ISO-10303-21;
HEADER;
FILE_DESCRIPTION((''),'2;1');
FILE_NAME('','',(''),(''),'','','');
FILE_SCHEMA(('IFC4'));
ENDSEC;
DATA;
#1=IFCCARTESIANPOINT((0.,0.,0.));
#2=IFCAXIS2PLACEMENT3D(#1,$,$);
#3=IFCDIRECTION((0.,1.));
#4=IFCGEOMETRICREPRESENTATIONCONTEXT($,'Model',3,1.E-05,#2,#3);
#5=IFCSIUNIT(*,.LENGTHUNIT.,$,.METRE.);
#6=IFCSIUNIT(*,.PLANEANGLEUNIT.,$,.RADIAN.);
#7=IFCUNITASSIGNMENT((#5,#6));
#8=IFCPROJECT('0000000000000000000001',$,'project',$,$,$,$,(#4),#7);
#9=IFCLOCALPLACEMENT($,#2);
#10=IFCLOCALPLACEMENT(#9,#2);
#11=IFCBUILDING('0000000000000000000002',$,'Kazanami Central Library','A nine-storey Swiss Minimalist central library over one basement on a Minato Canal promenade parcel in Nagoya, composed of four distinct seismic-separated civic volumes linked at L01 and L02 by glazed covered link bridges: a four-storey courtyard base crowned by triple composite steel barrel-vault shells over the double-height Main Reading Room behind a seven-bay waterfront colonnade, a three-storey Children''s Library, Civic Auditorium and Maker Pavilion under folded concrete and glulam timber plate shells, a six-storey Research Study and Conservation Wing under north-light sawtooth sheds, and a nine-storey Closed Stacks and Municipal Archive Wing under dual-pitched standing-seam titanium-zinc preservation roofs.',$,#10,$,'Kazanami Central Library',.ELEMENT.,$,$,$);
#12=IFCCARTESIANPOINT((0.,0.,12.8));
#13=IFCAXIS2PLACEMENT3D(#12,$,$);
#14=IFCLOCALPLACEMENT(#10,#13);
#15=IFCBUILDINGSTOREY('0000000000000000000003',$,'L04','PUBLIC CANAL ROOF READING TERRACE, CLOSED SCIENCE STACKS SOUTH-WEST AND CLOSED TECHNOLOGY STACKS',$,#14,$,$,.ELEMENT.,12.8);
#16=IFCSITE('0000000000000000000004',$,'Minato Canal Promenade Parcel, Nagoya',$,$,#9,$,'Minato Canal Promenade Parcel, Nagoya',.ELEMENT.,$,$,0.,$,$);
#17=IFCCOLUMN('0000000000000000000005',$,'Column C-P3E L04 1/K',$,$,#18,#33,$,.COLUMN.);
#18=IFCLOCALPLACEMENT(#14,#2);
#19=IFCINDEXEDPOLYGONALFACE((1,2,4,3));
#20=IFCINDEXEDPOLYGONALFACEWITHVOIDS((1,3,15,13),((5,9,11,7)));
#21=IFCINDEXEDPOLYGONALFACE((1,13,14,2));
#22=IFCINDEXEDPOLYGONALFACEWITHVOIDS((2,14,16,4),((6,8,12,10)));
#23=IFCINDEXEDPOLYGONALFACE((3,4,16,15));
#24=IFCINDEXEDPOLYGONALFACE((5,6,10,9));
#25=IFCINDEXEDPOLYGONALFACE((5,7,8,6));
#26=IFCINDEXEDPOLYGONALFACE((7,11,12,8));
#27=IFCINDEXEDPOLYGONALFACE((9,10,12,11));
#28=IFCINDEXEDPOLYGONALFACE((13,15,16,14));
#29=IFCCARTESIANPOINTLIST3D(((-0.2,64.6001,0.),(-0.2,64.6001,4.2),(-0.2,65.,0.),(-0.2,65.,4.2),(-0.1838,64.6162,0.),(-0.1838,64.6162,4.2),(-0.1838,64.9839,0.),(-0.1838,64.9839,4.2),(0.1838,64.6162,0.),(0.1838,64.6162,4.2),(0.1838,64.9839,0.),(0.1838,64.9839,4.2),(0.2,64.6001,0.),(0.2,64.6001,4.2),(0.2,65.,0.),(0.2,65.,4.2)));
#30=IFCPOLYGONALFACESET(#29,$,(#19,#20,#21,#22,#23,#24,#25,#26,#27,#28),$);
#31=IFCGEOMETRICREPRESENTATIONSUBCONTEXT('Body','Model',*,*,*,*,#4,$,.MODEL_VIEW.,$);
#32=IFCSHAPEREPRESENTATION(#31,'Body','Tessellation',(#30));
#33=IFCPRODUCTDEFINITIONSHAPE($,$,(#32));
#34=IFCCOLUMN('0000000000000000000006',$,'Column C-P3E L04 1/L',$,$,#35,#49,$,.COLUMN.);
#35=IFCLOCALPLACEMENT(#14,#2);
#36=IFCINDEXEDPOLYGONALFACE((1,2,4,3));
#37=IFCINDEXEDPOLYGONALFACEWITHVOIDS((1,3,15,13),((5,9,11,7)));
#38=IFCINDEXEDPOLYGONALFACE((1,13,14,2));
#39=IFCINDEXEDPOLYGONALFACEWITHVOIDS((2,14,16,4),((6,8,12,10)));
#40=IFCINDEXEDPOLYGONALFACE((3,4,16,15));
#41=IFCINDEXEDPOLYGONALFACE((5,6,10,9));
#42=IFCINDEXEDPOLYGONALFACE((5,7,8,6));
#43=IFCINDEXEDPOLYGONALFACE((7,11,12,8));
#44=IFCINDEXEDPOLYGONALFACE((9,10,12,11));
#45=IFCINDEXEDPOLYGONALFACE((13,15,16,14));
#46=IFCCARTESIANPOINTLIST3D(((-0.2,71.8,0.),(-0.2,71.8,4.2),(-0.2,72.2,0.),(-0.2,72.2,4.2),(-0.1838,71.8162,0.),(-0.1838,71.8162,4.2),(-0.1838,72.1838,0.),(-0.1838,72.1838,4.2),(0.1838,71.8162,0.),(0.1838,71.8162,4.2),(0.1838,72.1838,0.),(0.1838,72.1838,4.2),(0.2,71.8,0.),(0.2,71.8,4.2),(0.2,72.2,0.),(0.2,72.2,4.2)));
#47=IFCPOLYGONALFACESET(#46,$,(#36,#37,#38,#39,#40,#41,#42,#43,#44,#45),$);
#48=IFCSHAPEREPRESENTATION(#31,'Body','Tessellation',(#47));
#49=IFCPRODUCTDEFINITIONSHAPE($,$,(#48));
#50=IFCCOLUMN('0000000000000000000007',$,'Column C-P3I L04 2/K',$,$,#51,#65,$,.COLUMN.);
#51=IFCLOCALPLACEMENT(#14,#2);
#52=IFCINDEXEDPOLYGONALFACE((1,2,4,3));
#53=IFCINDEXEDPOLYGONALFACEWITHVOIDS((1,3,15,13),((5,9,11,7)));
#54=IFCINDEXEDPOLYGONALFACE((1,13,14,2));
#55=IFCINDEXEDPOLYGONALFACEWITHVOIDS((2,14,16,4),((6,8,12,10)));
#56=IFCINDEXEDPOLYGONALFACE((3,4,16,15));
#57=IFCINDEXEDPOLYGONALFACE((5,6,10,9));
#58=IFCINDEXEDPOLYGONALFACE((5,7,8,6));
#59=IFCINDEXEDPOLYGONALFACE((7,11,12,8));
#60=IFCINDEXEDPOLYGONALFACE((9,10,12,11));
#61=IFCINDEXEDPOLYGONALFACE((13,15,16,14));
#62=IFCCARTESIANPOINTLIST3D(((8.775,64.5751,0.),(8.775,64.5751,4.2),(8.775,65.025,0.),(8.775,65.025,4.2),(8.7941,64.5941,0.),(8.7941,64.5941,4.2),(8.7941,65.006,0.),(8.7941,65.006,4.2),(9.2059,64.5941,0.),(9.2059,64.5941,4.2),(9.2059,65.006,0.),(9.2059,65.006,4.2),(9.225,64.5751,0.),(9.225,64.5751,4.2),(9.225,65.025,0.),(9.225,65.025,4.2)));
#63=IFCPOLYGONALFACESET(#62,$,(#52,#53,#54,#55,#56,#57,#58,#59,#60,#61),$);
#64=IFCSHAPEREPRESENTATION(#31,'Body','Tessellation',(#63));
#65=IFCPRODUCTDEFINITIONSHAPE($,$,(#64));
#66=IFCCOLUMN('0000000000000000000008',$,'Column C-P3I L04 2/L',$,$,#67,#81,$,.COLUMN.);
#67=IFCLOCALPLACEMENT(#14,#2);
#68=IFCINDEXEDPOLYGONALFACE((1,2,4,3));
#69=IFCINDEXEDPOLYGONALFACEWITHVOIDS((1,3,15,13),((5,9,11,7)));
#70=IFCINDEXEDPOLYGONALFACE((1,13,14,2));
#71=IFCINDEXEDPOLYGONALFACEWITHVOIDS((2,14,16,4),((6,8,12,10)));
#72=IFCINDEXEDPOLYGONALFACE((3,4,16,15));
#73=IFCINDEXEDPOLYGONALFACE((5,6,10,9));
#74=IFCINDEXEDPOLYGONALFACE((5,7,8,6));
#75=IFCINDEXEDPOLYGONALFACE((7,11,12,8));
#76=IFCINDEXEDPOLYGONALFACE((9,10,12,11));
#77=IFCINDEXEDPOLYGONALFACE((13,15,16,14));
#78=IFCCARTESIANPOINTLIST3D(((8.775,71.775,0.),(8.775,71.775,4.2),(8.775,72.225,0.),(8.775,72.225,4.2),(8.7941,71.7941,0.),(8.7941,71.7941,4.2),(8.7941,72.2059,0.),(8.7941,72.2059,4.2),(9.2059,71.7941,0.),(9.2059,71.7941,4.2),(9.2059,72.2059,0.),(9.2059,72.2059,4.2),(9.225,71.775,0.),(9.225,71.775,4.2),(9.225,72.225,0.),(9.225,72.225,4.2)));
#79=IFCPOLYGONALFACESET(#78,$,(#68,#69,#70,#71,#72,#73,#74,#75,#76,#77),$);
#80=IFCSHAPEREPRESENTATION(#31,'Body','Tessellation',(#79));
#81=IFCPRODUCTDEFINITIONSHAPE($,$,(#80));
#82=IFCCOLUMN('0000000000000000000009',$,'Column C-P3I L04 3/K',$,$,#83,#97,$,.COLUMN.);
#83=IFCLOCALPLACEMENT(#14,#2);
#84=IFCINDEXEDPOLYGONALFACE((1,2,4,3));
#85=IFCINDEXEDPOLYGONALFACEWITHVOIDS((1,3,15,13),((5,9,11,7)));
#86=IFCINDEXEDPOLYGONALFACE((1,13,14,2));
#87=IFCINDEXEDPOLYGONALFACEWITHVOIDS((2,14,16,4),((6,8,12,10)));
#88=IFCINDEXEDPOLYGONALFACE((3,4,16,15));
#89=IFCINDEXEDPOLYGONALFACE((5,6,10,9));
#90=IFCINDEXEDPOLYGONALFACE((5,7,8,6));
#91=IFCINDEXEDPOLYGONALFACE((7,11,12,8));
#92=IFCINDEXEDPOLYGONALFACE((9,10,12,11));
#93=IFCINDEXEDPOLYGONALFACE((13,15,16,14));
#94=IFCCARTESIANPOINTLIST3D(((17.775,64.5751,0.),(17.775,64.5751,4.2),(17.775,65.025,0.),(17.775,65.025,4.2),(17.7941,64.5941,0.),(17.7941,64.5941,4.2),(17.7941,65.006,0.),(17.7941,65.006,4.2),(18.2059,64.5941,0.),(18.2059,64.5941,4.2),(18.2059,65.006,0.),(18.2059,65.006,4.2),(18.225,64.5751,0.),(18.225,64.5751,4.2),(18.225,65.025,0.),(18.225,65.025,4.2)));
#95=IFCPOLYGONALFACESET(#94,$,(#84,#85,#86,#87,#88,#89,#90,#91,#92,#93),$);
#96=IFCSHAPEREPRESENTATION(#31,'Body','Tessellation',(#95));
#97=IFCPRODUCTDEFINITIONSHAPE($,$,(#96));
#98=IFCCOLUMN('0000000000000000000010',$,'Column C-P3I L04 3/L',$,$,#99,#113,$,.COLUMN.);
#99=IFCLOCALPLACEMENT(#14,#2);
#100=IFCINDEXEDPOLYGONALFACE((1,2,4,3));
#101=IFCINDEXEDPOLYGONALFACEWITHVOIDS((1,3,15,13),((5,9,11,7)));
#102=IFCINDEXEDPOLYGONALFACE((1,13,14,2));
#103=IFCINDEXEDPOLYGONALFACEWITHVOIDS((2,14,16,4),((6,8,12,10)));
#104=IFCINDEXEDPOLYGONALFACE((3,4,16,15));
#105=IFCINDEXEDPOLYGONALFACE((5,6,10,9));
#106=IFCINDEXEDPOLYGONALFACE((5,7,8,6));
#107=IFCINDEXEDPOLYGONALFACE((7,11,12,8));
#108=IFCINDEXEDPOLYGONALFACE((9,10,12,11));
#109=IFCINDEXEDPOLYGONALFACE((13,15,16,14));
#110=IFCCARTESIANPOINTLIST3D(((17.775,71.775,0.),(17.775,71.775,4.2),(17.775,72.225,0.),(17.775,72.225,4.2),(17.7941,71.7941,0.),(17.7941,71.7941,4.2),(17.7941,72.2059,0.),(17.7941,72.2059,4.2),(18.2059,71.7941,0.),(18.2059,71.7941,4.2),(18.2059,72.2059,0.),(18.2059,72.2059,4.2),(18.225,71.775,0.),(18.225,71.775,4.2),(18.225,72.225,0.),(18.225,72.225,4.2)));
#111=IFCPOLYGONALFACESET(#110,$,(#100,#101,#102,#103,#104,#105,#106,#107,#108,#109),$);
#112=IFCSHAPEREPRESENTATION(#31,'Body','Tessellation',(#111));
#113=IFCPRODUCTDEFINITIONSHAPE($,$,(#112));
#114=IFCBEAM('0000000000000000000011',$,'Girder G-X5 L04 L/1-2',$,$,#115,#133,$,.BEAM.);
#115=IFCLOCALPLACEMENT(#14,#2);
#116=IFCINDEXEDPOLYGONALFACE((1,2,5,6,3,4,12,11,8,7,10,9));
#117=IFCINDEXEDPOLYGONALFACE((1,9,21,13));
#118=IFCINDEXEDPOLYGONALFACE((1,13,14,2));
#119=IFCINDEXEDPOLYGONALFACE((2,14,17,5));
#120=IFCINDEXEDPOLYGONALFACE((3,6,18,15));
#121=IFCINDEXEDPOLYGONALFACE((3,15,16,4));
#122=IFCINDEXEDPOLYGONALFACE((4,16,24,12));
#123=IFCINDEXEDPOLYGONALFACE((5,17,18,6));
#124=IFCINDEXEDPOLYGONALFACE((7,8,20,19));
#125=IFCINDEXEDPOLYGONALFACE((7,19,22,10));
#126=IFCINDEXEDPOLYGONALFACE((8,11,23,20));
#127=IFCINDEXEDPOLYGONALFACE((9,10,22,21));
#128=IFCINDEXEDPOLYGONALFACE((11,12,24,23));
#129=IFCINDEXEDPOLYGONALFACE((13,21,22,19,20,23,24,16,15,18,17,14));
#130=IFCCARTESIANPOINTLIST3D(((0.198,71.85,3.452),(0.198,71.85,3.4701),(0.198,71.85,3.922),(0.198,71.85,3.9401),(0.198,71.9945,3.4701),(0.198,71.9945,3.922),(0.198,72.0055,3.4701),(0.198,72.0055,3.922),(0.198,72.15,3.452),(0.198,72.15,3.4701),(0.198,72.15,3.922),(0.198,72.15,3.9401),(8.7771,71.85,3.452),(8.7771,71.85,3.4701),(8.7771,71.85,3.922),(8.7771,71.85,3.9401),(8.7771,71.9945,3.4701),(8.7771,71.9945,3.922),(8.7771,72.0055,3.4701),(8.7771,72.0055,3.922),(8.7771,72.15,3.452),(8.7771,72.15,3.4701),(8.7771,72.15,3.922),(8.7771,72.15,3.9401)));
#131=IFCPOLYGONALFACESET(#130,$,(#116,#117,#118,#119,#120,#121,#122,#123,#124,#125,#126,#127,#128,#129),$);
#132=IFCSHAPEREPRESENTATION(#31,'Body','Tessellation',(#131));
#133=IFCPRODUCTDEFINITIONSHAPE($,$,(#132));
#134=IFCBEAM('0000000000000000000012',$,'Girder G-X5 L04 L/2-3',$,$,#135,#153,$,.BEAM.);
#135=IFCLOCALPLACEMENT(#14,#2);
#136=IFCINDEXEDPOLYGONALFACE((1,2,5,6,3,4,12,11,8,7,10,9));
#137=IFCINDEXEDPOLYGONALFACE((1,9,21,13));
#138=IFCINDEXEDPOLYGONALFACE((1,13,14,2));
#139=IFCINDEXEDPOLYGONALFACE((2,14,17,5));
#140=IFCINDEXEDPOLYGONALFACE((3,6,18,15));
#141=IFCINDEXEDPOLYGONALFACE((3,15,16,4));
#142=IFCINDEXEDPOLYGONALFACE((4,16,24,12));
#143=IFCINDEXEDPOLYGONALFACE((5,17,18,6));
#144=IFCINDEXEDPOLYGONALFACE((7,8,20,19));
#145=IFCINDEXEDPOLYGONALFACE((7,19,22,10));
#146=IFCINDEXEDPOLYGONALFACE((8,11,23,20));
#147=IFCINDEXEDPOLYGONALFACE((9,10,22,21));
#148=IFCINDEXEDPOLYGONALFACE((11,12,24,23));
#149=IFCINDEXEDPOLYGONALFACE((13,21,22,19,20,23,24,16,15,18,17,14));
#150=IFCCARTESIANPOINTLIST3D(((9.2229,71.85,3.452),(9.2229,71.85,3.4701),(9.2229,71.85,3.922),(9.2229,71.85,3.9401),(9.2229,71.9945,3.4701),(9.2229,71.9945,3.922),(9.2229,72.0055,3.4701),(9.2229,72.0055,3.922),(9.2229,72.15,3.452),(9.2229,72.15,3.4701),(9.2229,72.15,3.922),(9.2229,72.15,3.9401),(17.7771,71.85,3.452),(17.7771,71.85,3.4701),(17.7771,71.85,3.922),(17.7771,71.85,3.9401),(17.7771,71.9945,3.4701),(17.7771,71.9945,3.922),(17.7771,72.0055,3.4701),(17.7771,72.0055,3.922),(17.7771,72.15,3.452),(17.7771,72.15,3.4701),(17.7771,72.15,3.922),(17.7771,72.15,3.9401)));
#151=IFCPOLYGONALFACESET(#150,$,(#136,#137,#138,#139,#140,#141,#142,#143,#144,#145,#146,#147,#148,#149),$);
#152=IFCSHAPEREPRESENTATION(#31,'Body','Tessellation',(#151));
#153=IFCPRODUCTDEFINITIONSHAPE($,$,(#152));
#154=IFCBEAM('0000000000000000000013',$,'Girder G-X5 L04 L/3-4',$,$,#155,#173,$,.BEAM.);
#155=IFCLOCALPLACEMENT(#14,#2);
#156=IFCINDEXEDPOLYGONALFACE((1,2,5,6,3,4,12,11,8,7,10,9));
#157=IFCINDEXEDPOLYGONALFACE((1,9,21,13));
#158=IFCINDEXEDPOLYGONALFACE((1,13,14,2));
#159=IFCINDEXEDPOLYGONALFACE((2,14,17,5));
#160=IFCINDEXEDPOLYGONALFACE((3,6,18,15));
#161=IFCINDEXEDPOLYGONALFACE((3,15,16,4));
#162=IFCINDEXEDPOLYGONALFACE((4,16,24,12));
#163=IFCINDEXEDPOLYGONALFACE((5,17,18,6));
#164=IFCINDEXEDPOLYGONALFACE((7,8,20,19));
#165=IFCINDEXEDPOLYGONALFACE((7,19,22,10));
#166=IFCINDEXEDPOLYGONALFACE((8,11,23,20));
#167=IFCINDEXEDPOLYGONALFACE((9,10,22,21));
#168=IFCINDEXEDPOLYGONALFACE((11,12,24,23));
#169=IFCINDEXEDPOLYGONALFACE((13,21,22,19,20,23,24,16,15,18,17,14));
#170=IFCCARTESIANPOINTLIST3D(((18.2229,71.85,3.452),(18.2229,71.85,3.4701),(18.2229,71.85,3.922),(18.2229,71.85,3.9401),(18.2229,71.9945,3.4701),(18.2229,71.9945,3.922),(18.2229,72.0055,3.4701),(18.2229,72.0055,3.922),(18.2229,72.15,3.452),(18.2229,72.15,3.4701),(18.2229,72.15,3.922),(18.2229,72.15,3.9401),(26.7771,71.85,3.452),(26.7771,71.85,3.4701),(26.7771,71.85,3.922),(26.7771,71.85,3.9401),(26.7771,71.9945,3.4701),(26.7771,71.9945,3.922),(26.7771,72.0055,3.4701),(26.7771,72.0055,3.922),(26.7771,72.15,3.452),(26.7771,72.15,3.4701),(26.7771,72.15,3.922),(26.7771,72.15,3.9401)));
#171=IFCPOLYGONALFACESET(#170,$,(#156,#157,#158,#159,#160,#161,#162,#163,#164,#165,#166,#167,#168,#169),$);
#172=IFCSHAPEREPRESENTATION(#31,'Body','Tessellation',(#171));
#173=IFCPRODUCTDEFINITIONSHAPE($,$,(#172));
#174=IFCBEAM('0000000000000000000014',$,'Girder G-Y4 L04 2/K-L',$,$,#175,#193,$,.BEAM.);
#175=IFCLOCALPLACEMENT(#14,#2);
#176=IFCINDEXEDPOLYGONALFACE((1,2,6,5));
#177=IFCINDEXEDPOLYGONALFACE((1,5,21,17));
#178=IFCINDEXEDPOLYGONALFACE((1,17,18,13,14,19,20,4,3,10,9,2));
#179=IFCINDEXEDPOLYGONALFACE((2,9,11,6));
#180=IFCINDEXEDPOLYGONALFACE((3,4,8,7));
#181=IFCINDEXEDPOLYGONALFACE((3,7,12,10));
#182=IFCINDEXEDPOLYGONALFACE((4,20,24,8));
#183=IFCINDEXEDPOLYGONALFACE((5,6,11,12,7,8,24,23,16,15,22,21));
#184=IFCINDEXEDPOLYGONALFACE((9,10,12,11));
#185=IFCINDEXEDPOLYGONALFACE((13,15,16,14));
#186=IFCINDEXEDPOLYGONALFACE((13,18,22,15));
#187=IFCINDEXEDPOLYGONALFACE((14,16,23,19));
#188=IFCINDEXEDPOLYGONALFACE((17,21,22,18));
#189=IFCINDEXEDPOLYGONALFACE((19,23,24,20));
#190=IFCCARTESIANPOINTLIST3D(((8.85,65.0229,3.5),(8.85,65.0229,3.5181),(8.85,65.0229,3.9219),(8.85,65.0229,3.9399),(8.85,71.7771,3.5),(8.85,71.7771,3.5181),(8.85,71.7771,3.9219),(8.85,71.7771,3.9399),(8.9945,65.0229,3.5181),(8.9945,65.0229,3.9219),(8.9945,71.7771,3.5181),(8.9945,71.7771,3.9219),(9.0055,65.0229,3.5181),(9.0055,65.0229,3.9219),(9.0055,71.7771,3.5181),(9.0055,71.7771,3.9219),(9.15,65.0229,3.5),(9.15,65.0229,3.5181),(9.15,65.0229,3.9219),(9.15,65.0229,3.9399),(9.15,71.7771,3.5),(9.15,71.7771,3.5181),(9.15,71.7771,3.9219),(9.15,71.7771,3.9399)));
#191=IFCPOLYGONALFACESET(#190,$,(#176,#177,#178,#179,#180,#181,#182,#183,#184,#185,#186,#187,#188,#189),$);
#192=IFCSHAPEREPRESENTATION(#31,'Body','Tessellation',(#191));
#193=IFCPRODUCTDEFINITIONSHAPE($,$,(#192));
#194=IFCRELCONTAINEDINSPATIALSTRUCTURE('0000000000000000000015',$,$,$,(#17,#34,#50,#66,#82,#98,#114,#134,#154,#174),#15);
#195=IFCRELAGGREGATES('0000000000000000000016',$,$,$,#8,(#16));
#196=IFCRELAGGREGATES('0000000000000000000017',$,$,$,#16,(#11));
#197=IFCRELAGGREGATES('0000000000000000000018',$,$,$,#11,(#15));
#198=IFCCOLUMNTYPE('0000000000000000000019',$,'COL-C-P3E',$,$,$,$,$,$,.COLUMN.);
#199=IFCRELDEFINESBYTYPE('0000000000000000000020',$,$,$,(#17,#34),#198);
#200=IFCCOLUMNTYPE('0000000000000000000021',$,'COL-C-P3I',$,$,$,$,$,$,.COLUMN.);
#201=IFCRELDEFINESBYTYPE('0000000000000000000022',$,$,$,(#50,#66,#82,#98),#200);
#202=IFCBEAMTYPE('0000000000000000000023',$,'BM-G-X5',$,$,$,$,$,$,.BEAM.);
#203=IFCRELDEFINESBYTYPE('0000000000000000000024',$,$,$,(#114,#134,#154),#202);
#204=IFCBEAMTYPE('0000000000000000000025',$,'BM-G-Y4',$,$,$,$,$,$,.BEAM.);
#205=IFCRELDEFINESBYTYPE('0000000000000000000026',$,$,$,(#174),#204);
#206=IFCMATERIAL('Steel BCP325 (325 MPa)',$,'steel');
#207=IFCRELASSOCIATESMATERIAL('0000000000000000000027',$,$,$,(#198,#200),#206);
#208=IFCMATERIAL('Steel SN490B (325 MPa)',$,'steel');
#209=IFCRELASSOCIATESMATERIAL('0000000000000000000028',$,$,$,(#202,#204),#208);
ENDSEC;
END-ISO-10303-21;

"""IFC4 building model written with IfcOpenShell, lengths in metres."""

from ifc_helpers import new_model, si_unit, direction, frame, origin, origin_2d, place, context, subcontext, project, spatial, hollow_rectangle, i_section, extrude, material, material_profile, profile_set, type_object, element, save


model = new_model("IFC4")

# Units and contexts
model_context = context("Model", 3, precision=1e-05, world=origin(), true_north=direction((0.0, 1.0)))
body_context = subcontext(model_context, "Body", "Model", "MODEL_VIEW")
ifc_project = project(units=[si_unit("LENGTHUNIT", "METRE"), si_unit("PLANEANGLEUNIT", "RADIAN")], contexts=[model_context])

# Site, building, storey
site_placement = place(None, origin())
site = spatial("IfcSite", under=ifc_project, at=site_placement, Name="Minato Canal Promenade Parcel, Nagoya", LongName="Minato Canal Promenade Parcel, Nagoya", CompositionType="ELEMENT", RefElevation=0.0)
building_placement = place(site_placement, origin())
building = spatial("IfcBuilding", under=site, at=building_placement, Name="Kazanami Central Library", Description="A nine-storey Swiss Minimalist central library over one basement on a Minato Canal promenade parcel in Nagoya, composed of four distinct seismic-separated civic volumes linked at L01 and L02 by glazed covered link bridges: a four-storey courtyard base crowned by triple composite steel barrel-vault shells over the double-height Main Reading Room behind a seven-bay waterfront colonnade, a three-storey Children's Library, Civic Auditorium and Maker Pavilion under folded concrete and glulam timber plate shells, a six-storey Research Study and Conservation Wing under north-light sawtooth sheds, and a nine-storey Closed Stacks and Municipal Archive Wing under dual-pitched standing-seam titanium-zinc preservation roofs.", LongName="Kazanami Central Library", CompositionType="ELEMENT")
storey_placement = place(building_placement, frame((0.0, 0.0, 12.8)))
storey = spatial("IfcBuildingStorey", under=building, at=storey_placement, Name="L04", Description="PUBLIC CANAL ROOF READING TERRACE, CLOSED SCIENCE STACKS SOUTH-WEST AND CLOSED TECHNOLOGY STACKS", CompositionType="ELEMENT", Elevation=12.8)

# Columns
ifc_material_1 = material(Name="Steel BCP325 (325 MPa)", Category="steel")
ifc_material_profile_1 = material_profile(ifc_material_1, hollow_rectangle(XDim=0.3999, YDim=0.3999, WallThickness=0.0161, at=origin_2d()), Name="BCP-400x400x16")
ifc_profile_set_1 = profile_set([ifc_material_profile_1], Name="Steel BCP325 (325 MPa)")
column_type_1 = type_object("IfcColumnType", Name="COL-C-P3E", PredefinedType="COLUMN", material=ifc_profile_set_1)
for number, where, z_axis, x_axis, name in (
    (1, (0.0, 64.8, 0.0), (0.0, 0.0, 1.0), (1.0, 0.0, 0.0), "Column C-P3E L04 1/K"),
    (2, (0.0, 72.0, 0.0), (0.0, 0.0, 1.0), (1.0, 0.0, 0.0), "Column C-P3E L04 1/L"),
):
    element("IfcColumn", number, at=place(storey_placement, frame(where, z_axis=z_axis, x_axis=x_axis)), inside=storey, type_object=column_type_1, Name=name, PredefinedType="COLUMN", context=body_context, shape_type="SweptSolid", body=[
        extrude(hollow_rectangle(XDim=0.3999, YDim=0.3999, WallThickness=0.0161, at=origin_2d()), origin(), (0.0, 0.0, 1.0), 4.2),
    ])
ifc_material_profile_2 = material_profile(ifc_material_1, hollow_rectangle(XDim=0.45, YDim=0.45, WallThickness=0.019, at=origin_2d()), Name="BCP-450x450x19")
ifc_profile_set_2 = profile_set([ifc_material_profile_2], Name="Steel BCP325 (325 MPa)")
column_type_2 = type_object("IfcColumnType", Name="COL-C-P3I", PredefinedType="COLUMN", material=ifc_profile_set_2)
for number, where, z_axis, x_axis, name in (
    (3, (9.0, 64.8, 0.0), (0.0, 0.0, 1.0), (1.0, 0.0, 0.0), "Column C-P3I L04 2/K"),
    (4, (9.0, 72.0, 0.0), (0.0, 0.0, 1.0), (1.0, 0.0, 0.0), "Column C-P3I L04 2/L"),
    (5, (18.0, 64.8, 0.0), (0.0, 0.0, 1.0), (1.0, 0.0, 0.0), "Column C-P3I L04 3/K"),
    (6, (18.0, 72.0, 0.0), (0.0, 0.0, 1.0), (1.0, 0.0, 0.0), "Column C-P3I L04 3/L"),
):
    element("IfcColumn", number, at=place(storey_placement, frame(where, z_axis=z_axis, x_axis=x_axis)), inside=storey, type_object=column_type_2, Name=name, PredefinedType="COLUMN", context=body_context, shape_type="SweptSolid", body=[
        extrude(hollow_rectangle(XDim=0.45, YDim=0.45, WallThickness=0.019, at=origin_2d()), origin(), (0.0, 0.0, 1.0), 4.2),
    ])

# Beams
ifc_material_2 = material(Name="Steel SN490B (325 MPa)", Category="steel")
ifc_material_profile_3 = material_profile(ifc_material_2, i_section(OverallWidth=0.3, OverallDepth=0.488, WebThickness=0.011, FlangeThickness=0.0181, at=origin_2d()), Name="H-488x300x11x18")
ifc_profile_set_3 = profile_set([ifc_material_profile_3], Name="Steel SN490B (325 MPa)")
beam_type_1 = type_object("IfcBeamType", Name="BM-G-X5", PredefinedType="BEAM", material=ifc_profile_set_3)
beam_1_placement = place(storey_placement, frame((0.198, 72.0, 3.696), z_axis=(1.0, 0.0, 0.0), x_axis=(0.0, 1.0, 0.0)))
element("IfcBeam", 7, at=beam_1_placement, inside=storey, type_object=beam_type_1, Name="Girder G-X5 L04 L/1-2", PredefinedType="BEAM", context=body_context, shape_type="SweptSolid", body=[
    extrude(i_section(OverallWidth=0.3, OverallDepth=0.488, WebThickness=0.011, FlangeThickness=0.0181, at=origin_2d()), origin(), (0.0, 0.0, 1.0), 8.5791),
])
for number, where, z_axis, x_axis, name in (
    (8, (9.2229, 72.0, 3.696), (1.0, 0.0, 0.0), (0.0, 1.0, 0.0), "Girder G-X5 L04 L/2-3"),
    (9, (18.2229, 72.0, 3.696), (1.0, 0.0, 0.0), (0.0, 1.0, 0.0), "Girder G-X5 L04 L/3-4"),
):
    element("IfcBeam", number, at=place(storey_placement, frame(where, z_axis=z_axis, x_axis=x_axis)), inside=storey, type_object=beam_type_1, Name=name, PredefinedType="BEAM", context=body_context, shape_type="SweptSolid", body=[
        extrude(i_section(OverallWidth=0.3, OverallDepth=0.488, WebThickness=0.011, FlangeThickness=0.0181, at=origin_2d()), origin(), (0.0, 0.0, 1.0), 8.5542),
    ])
ifc_material_profile_4 = material_profile(ifc_material_2, i_section(OverallWidth=0.3, OverallDepth=0.4399, WebThickness=0.011, FlangeThickness=0.0181, at=origin_2d()), Name="H-440x300x11x18")
ifc_profile_set_4 = profile_set([ifc_material_profile_4], Name="Steel SN490B (325 MPa)")
beam_type_2 = type_object("IfcBeamType", Name="BM-G-Y4", PredefinedType="BEAM", material=ifc_profile_set_4)
for number, where, z_axis, x_axis, name in (
    (10, (9.0, 65.0229, 3.72), (0.0, 1.0, 0.0), (-1.0, 0.0, 0.0), "Girder G-Y4 L04 2/K-L"),
):
    element("IfcBeam", number, at=place(storey_placement, frame(where, z_axis=z_axis, x_axis=x_axis)), inside=storey, type_object=beam_type_2, Name=name, PredefinedType="BEAM", context=body_context, shape_type="SweptSolid", body=[
        extrude(i_section(OverallWidth=0.3, OverallDepth=0.4399, WebThickness=0.011, FlangeThickness=0.0181, at=origin_2d()), origin(), (0.0, 0.0, 1.0), 6.7542),
    ])

save(model, "model.ifc")
